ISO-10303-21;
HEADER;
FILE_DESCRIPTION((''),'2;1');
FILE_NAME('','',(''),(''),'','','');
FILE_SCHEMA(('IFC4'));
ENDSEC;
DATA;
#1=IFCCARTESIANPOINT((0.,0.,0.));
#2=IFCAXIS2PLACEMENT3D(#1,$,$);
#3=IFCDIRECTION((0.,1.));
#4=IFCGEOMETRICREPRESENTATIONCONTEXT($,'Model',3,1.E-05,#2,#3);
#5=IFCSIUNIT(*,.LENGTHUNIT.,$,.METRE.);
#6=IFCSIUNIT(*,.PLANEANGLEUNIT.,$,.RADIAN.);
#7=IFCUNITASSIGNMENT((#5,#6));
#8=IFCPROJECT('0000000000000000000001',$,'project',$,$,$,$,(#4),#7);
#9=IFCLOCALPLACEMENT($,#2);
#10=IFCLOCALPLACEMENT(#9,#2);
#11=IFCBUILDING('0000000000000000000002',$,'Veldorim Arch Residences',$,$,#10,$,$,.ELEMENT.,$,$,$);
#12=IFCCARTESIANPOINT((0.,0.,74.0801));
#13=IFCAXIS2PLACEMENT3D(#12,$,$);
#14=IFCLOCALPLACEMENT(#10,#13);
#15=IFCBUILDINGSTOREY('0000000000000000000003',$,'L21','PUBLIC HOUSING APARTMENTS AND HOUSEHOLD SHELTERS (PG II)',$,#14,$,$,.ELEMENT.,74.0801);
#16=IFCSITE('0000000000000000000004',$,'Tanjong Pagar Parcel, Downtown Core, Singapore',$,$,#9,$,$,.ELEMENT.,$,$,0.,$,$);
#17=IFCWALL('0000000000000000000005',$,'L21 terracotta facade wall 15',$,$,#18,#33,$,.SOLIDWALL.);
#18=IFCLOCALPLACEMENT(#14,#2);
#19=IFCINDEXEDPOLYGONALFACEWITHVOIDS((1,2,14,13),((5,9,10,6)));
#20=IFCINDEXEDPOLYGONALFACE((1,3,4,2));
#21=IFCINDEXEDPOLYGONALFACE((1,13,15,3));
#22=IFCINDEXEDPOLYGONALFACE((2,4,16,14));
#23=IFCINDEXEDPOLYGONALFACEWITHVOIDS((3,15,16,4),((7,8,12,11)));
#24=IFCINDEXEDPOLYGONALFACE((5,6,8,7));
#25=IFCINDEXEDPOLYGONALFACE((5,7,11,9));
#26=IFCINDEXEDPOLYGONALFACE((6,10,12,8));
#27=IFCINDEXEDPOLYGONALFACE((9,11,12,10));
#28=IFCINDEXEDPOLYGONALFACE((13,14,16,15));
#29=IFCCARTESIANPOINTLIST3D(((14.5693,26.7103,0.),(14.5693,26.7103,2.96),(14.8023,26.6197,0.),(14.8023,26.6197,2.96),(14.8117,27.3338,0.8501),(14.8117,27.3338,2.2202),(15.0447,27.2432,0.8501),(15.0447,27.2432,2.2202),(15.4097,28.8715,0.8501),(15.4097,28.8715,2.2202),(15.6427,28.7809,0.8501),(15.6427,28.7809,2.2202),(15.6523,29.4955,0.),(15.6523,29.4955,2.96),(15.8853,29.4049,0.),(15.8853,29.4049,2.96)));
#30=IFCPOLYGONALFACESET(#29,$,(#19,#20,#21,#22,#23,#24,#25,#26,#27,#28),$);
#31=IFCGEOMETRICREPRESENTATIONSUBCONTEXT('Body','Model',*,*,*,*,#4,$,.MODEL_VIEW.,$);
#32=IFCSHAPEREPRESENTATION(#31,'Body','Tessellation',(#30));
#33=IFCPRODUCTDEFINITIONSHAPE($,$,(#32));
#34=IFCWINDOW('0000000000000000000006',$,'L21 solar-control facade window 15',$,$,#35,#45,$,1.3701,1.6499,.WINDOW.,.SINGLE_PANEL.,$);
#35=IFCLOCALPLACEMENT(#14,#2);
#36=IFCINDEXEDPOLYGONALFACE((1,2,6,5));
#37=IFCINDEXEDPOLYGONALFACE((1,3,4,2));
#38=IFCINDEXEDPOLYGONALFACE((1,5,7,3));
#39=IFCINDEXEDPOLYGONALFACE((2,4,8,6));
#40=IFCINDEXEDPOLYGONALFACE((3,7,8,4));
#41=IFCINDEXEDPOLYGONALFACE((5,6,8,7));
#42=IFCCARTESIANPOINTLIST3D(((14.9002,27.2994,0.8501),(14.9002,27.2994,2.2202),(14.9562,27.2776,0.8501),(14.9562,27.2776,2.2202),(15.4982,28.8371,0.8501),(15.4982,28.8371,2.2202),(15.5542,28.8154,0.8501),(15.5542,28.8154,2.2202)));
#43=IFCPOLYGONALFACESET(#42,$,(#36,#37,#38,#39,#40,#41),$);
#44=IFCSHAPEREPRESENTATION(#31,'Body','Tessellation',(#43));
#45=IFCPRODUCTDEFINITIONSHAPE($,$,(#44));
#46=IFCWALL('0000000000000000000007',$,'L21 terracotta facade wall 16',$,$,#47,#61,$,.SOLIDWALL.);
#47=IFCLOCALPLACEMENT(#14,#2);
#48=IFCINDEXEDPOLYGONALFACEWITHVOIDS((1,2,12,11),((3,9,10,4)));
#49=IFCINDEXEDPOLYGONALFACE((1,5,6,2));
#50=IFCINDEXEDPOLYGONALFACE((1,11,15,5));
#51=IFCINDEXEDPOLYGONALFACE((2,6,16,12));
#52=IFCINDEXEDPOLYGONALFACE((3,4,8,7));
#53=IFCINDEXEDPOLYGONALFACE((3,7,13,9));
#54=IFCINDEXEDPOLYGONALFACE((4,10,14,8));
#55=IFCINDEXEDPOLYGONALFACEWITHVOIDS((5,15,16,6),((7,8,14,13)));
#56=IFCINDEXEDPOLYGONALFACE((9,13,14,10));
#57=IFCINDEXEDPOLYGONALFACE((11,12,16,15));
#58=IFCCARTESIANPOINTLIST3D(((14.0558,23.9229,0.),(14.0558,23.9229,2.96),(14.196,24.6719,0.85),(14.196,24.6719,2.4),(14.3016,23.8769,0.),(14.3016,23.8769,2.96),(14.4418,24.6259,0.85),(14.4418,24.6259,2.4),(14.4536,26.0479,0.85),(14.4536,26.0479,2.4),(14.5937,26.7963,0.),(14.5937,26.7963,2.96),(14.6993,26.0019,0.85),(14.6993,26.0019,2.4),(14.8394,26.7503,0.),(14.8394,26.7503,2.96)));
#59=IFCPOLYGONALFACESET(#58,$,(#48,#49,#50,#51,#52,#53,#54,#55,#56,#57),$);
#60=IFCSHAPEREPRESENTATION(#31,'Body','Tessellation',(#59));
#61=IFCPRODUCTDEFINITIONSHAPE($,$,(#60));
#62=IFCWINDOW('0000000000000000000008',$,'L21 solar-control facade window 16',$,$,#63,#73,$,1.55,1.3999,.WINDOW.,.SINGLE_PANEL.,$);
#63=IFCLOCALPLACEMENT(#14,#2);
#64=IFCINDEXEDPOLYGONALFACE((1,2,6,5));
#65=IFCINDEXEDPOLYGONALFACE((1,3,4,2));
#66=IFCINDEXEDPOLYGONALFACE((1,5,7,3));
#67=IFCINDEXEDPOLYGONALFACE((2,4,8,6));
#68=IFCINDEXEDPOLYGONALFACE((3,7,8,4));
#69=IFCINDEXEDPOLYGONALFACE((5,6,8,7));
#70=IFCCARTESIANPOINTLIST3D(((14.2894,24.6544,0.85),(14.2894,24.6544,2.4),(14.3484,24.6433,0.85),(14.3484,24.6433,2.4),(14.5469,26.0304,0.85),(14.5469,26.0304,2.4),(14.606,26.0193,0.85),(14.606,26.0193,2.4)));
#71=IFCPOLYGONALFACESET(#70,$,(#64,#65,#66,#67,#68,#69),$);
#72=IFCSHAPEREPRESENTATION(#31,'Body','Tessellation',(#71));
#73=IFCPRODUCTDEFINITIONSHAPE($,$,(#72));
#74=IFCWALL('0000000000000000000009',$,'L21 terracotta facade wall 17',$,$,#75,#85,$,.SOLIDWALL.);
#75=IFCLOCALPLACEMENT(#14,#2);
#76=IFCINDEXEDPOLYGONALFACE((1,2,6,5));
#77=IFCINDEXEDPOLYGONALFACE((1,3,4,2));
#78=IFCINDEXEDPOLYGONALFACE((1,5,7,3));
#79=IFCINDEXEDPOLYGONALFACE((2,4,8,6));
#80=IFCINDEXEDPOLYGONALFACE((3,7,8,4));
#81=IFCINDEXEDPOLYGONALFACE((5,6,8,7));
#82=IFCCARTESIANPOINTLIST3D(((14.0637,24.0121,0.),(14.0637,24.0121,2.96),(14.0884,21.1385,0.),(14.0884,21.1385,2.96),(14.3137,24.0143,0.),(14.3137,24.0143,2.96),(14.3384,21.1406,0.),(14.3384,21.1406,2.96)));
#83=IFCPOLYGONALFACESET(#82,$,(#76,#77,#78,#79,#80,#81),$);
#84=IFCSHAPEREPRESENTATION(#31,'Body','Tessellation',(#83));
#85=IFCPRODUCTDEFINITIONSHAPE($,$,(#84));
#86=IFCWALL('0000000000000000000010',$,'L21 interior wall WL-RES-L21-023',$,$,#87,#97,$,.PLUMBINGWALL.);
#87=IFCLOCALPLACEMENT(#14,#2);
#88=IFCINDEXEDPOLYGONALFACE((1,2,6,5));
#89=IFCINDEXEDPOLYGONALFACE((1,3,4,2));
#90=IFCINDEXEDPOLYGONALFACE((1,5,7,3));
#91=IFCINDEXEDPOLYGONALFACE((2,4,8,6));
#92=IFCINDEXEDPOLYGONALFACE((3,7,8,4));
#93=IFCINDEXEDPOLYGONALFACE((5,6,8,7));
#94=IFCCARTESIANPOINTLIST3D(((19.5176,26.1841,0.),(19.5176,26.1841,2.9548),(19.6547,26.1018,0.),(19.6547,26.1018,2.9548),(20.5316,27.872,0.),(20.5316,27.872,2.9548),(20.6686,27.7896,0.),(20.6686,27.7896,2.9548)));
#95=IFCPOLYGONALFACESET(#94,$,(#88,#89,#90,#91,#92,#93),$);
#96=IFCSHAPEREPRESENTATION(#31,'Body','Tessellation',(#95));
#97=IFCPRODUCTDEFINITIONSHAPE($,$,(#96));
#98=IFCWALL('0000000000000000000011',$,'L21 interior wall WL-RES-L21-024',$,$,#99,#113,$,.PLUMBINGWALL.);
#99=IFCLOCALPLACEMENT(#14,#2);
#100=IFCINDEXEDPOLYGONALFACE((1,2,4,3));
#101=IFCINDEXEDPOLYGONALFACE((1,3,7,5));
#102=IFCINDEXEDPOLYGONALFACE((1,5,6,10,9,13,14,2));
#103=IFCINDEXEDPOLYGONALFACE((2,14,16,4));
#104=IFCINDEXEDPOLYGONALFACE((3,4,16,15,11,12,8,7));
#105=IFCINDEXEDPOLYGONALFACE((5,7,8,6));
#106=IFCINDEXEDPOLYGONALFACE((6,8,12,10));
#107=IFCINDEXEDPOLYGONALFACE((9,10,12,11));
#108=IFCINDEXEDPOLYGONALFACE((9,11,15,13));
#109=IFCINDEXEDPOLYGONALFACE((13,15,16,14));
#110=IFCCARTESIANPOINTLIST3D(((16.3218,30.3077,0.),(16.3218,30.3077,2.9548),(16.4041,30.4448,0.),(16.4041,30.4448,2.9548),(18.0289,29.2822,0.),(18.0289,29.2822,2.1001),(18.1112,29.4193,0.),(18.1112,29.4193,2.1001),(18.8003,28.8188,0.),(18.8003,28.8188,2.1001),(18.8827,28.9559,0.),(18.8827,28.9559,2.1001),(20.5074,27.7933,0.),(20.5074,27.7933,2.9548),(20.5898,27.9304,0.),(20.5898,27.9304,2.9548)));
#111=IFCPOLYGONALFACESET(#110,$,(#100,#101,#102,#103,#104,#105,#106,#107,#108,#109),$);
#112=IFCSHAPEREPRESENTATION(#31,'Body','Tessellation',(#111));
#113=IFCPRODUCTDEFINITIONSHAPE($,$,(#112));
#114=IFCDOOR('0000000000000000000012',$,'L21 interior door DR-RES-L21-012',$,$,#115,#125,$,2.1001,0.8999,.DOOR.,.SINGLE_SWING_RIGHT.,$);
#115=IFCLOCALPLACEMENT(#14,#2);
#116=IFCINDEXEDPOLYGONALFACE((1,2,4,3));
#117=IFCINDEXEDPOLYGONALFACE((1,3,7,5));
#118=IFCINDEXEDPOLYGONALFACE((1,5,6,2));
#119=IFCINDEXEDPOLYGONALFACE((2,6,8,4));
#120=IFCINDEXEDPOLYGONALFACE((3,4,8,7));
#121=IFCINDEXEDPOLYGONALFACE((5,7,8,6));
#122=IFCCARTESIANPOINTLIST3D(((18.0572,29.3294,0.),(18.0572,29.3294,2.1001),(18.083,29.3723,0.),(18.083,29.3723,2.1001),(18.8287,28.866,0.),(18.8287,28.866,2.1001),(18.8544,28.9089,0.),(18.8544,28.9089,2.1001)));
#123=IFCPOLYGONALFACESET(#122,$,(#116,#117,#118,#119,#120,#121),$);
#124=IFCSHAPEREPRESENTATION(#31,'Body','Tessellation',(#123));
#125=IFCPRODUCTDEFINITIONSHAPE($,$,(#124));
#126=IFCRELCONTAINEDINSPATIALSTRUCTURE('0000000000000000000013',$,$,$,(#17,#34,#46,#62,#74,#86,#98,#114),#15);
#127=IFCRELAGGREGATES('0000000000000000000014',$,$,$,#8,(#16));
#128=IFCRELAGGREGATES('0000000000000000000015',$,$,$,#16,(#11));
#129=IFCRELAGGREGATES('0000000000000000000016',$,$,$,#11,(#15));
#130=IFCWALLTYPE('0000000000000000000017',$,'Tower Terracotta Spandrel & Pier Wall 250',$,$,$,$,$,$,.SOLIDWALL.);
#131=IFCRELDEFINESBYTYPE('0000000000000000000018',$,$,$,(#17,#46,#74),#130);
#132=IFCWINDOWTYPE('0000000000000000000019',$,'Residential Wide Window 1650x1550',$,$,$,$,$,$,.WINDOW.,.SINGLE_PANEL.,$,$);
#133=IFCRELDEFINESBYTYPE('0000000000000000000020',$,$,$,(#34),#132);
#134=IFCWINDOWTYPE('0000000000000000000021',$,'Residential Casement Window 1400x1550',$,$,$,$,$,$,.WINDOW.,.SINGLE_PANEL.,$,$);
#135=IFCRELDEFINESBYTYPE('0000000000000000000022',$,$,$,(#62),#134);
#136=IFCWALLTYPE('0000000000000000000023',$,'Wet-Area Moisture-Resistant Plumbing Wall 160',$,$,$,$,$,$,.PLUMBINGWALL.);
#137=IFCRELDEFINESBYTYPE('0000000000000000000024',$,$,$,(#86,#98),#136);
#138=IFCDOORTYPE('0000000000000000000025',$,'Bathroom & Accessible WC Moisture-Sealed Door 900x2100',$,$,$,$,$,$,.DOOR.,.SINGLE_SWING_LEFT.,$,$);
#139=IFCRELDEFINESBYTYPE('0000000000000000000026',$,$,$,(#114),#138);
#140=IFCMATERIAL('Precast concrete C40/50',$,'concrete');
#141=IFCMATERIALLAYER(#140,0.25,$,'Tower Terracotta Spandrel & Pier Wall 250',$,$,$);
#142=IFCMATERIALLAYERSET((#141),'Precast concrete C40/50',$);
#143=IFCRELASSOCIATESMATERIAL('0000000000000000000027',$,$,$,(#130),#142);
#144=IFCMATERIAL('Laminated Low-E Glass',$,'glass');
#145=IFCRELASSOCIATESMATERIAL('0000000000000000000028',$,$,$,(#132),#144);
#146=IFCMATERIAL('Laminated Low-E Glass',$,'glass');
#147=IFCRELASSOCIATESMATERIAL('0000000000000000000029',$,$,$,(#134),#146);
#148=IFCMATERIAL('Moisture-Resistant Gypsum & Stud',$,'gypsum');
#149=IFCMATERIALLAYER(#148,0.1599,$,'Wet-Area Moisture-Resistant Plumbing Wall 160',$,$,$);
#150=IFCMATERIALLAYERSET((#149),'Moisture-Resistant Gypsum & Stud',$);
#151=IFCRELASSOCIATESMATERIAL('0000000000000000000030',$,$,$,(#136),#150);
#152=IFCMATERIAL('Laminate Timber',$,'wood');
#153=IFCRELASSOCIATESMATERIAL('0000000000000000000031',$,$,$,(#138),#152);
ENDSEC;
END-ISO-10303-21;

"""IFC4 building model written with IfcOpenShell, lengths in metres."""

from ifc_helpers import new_model, si_unit, direction, frame, frame_2d, origin, place, context, subcontext, project, spatial, rectangle, extrude, material, layer, layer_set, type_object, element, fill, save


model = new_model("IFC4")

# Units and contexts
model_context = context("Model", 3, precision=1e-05, world=origin(), true_north=direction((0.0, 1.0)))
body_context = subcontext(model_context, "Body", "Model", "MODEL_VIEW")
ifc_project = project(units=[si_unit("LENGTHUNIT", "METRE"), si_unit("PLANEANGLEUNIT", "RADIAN")], contexts=[model_context])

# Site, building, storey
site_placement = place(None, origin())
site = spatial("IfcSite", under=ifc_project, at=site_placement, Name="Tanjong Pagar Parcel, Downtown Core, Singapore", CompositionType="ELEMENT", RefElevation=0.0)
building_placement = place(site_placement, origin())
building = spatial("IfcBuilding", under=site, at=building_placement, Name="Veldorim Arch Residences", CompositionType="ELEMENT")
storey_placement = place(building_placement, frame((0.0, 0.0, 74.0801)))
storey = spatial("IfcBuildingStorey", under=building, at=storey_placement, Name="L21", Description="PUBLIC HOUSING APARTMENTS AND HOUSEHOLD SHELTERS (PG II)", CompositionType="ELEMENT", Elevation=74.0801)

# Shared definitions
ifc_material_1 = material(Name="Precast concrete C40/50", Category="concrete")
ifc_layer_1 = layer(ifc_material_1, 0.25, Name="Tower Terracotta Spandrel & Pier Wall 250")
ifc_layer_set_1 = layer_set([ifc_layer_1], Name="Precast concrete C40/50")
wall_type_1 = type_object("IfcWallType", Name="Tower Terracotta Spandrel & Pier Wall 250", PredefinedType="SOLIDWALL", material=ifc_layer_set_1)

# Walls, openings, windows
wall_1_placement = place(storey_placement, frame((14.6858, 26.665, 0.0), z_axis=(0.0, 0.0, 1.0), x_axis=(0.362415, 0.932017, 0.0)))
wall_1 = element("IfcWall", 1, at=wall_1_placement, inside=storey, type_object=wall_type_1, Name="L21 terracotta facade wall 15", PredefinedType="SOLIDWALL", context=body_context, shape_type="SweptSolid", body=[
    extrude(rectangle(XDim=2.9883, YDim=0.25, at=frame_2d((1.4941, 0.0))), origin(), (0.0, 0.0, 1.0), 2.96),
])
opening_1_placement = place(wall_1_placement, frame((0.6689, 0.0, 0.8501)))
opening_1 = element("IfcOpeningElement", 2, at=opening_1_placement, cuts=wall_1, PredefinedType="OPENING", context=body_context, shape_type="SweptSolid", body=[
    extrude(rectangle(XDim=1.6499, YDim=1.3701, at=frame_2d((0.825, 0.6851))), frame((0.0, 0.135, 0.0), z_axis=(0.0, -1.0, 0.0), x_axis=(1.0, 0.0, 0.0)), (0.0, 0.0, 1.0), 0.27),
])
ifc_material_2 = material(Name="Laminated Low-E Glass", Category="glass")
window_type_1 = type_object("IfcWindowType", Name="Residential Wide Window 1650x1550", PartitioningType="SINGLE_PANEL", PredefinedType="WINDOW", material=ifc_material_2)
window_1_placement = place(opening_1_placement, origin())
window_1 = element("IfcWindow", 3, at=window_1_placement, inside=storey, type_object=window_type_1, Name="L21 solar-control facade window 15", OverallHeight=1.3701, OverallWidth=1.6499, PartitioningType="SINGLE_PANEL", PredefinedType="WINDOW", context=body_context, shape_type="SweptSolid", body=[
    extrude(rectangle(XDim=1.6499, YDim=1.3701, at=frame_2d((0.825, 0.6851))), frame((0.0, 0.03, 0.0), z_axis=(0.0, -1.0, 0.0), x_axis=(1.0, 0.0, 0.0)), (0.0, 0.0, 1.0), 0.0601),
])
fill(opening_1, window_1)
wall_2_placement = place(storey_placement, frame((14.1787, 23.8999, 0.0), z_axis=(0.0, 0.0, 1.0), x_axis=(0.183976, 0.982931, 0.0)))
wall_2 = element("IfcWall", 4, at=wall_2_placement, inside=storey, type_object=wall_type_1, Name="L21 terracotta facade wall 16", PredefinedType="SOLIDWALL", context=body_context, shape_type="SweptSolid", body=[
    extrude(rectangle(XDim=2.9233, YDim=0.25, at=frame_2d((1.4617, 0.0))), origin(), (0.0, 0.0, 1.0), 2.96),
])
opening_2_placement = place(wall_2_placement, frame((0.762, 0.0, 0.8501)))
opening_2 = element("IfcOpeningElement", 5, at=opening_2_placement, cuts=wall_2, PredefinedType="OPENING", context=body_context, shape_type="SweptSolid", body=[
    extrude(rectangle(XDim=1.3999, YDim=1.55, at=frame_2d((0.7, 0.7749))), frame((0.0, 0.135, 0.0), z_axis=(0.0, -1.0, 0.0), x_axis=(1.0, 0.0, 0.0)), (0.0, 0.0, 1.0), 0.27),
])
ifc_material_3 = material(Name="Laminated Low-E Glass", Category="glass")
window_type_2 = type_object("IfcWindowType", Name="Residential Casement Window 1400x1550", PartitioningType="SINGLE_PANEL", PredefinedType="WINDOW", material=ifc_material_3)
window_2_placement = place(opening_2_placement, origin())
window_2 = element("IfcWindow", 6, at=window_2_placement, inside=storey, type_object=window_type_2, Name="L21 solar-control facade window 16", OverallHeight=1.55, OverallWidth=1.3999, PartitioningType="SINGLE_PANEL", PredefinedType="WINDOW", context=body_context, shape_type="SweptSolid", body=[
    extrude(rectangle(XDim=1.3999, YDim=1.55, at=frame_2d((0.7, 0.7749))), frame((0.0, 0.03, 0.0), z_axis=(0.0, -1.0, 0.0), x_axis=(1.0, 0.0, 0.0)), (0.0, 0.0, 1.0), 0.0601),
])
fill(opening_2, window_2)

# Walls
wall_3_placement = place(storey_placement, frame((14.2134, 21.1394, 0.0), z_axis=(0.0, 0.0, 1.0), x_axis=(-0.00858, 0.999963, 0.0)))
element("IfcWall", 7, at=wall_3_placement, inside=storey, type_object=wall_type_1, Name="L21 terracotta facade wall 17", PredefinedType="SOLIDWALL", context=body_context, shape_type="SweptSolid", body=[
    extrude(rectangle(XDim=2.8738, YDim=0.25, at=frame_2d((1.437, 0.0))), origin(), (0.0, 0.0, 1.0), 2.96),
])
ifc_material_4 = material(Name="Moisture-Resistant Gypsum & Stud", Category="gypsum")
ifc_layer_2 = layer(ifc_material_4, 0.1599, Name="Wet-Area Moisture-Resistant Plumbing Wall 160")
ifc_layer_set_2 = layer_set([ifc_layer_2], Name="Moisture-Resistant Gypsum & Stud")
wall_type_2 = type_object("IfcWallType", Name="Wet-Area Moisture-Resistant Plumbing Wall 160", PredefinedType="PLUMBINGWALL", material=ifc_layer_set_2)
wall_4_placement = place(storey_placement, frame((19.5862, 26.1431, 0.0), z_axis=(0.0, 0.0, 1.0), x_axis=(0.51497, 0.857208, 0.0)))
element("IfcWall", 8, at=wall_4_placement, inside=storey, type_object=wall_type_2, Name="L21 interior wall WL-RES-L21-023", PredefinedType="PLUMBINGWALL", context=body_context, shape_type="SweptSolid", body=[
    extrude(rectangle(XDim=1.969, YDim=0.1599, at=frame_2d((0.9844, 0.0))), origin(), (0.0, 0.0, 1.0), 2.9548),
])

# Wall, opening, door
wall_5_placement = place(storey_placement, frame((20.5486, 27.8618, 0.0), z_axis=(0.0, 0.0, 1.0), x_axis=(-0.857215, 0.514959, 0.0)))
wall_5 = element("IfcWall", 9, at=wall_5_placement, inside=storey, type_object=wall_type_2, Name="L21 interior wall WL-RES-L21-024", PredefinedType="PLUMBINGWALL", context=body_context, shape_type="SweptSolid", body=[
    extrude(rectangle(XDim=4.8828, YDim=0.1599, at=frame_2d((2.4414, 0.0))), origin(), (0.0, 0.0, 1.0), 2.9548),
])
opening_3_placement = place(wall_5_placement, frame((1.9915, 0.0, 0.0)))
opening_3 = element("IfcOpeningElement", 10, at=opening_3_placement, cuts=wall_5, PredefinedType="OPENING", context=body_context, shape_type="SweptSolid", body=[
    extrude(rectangle(XDim=0.8999, YDim=2.1001, at=frame_2d((0.45, 1.05))), frame((0.0, 0.0898, 0.0), z_axis=(0.0, -1.0, 0.0), x_axis=(1.0, 0.0, 0.0)), (0.0, 0.0, 1.0), 0.1799),
])
ifc_material_5 = material(Name="Laminate Timber", Category="wood")
door_type = type_object("IfcDoorType", Name="Bathroom & Accessible WC Moisture-Sealed Door 900x2100", OperationType="SINGLE_SWING_LEFT", PredefinedType="DOOR", material=ifc_material_5)
door_placement = place(opening_3_placement, origin())
door = element("IfcDoor", 11, at=door_placement, inside=storey, type_object=door_type, Name="L21 interior door DR-RES-L21-012", OperationType="SINGLE_SWING_RIGHT", OverallHeight=2.1001, OverallWidth=0.8999, PredefinedType="DOOR", context=body_context, shape_type="SweptSolid", body=[
    extrude(rectangle(XDim=0.8999, YDim=2.1001, at=frame_2d((0.45, 1.05))), frame((0.0, 0.0249, 0.0), z_axis=(0.0, -1.0, 0.0), x_axis=(1.0, 0.0, 0.0)), (0.0, 0.0, 1.0), 0.05),
])
fill(opening_3, door)

save(model, "model.ifc")
